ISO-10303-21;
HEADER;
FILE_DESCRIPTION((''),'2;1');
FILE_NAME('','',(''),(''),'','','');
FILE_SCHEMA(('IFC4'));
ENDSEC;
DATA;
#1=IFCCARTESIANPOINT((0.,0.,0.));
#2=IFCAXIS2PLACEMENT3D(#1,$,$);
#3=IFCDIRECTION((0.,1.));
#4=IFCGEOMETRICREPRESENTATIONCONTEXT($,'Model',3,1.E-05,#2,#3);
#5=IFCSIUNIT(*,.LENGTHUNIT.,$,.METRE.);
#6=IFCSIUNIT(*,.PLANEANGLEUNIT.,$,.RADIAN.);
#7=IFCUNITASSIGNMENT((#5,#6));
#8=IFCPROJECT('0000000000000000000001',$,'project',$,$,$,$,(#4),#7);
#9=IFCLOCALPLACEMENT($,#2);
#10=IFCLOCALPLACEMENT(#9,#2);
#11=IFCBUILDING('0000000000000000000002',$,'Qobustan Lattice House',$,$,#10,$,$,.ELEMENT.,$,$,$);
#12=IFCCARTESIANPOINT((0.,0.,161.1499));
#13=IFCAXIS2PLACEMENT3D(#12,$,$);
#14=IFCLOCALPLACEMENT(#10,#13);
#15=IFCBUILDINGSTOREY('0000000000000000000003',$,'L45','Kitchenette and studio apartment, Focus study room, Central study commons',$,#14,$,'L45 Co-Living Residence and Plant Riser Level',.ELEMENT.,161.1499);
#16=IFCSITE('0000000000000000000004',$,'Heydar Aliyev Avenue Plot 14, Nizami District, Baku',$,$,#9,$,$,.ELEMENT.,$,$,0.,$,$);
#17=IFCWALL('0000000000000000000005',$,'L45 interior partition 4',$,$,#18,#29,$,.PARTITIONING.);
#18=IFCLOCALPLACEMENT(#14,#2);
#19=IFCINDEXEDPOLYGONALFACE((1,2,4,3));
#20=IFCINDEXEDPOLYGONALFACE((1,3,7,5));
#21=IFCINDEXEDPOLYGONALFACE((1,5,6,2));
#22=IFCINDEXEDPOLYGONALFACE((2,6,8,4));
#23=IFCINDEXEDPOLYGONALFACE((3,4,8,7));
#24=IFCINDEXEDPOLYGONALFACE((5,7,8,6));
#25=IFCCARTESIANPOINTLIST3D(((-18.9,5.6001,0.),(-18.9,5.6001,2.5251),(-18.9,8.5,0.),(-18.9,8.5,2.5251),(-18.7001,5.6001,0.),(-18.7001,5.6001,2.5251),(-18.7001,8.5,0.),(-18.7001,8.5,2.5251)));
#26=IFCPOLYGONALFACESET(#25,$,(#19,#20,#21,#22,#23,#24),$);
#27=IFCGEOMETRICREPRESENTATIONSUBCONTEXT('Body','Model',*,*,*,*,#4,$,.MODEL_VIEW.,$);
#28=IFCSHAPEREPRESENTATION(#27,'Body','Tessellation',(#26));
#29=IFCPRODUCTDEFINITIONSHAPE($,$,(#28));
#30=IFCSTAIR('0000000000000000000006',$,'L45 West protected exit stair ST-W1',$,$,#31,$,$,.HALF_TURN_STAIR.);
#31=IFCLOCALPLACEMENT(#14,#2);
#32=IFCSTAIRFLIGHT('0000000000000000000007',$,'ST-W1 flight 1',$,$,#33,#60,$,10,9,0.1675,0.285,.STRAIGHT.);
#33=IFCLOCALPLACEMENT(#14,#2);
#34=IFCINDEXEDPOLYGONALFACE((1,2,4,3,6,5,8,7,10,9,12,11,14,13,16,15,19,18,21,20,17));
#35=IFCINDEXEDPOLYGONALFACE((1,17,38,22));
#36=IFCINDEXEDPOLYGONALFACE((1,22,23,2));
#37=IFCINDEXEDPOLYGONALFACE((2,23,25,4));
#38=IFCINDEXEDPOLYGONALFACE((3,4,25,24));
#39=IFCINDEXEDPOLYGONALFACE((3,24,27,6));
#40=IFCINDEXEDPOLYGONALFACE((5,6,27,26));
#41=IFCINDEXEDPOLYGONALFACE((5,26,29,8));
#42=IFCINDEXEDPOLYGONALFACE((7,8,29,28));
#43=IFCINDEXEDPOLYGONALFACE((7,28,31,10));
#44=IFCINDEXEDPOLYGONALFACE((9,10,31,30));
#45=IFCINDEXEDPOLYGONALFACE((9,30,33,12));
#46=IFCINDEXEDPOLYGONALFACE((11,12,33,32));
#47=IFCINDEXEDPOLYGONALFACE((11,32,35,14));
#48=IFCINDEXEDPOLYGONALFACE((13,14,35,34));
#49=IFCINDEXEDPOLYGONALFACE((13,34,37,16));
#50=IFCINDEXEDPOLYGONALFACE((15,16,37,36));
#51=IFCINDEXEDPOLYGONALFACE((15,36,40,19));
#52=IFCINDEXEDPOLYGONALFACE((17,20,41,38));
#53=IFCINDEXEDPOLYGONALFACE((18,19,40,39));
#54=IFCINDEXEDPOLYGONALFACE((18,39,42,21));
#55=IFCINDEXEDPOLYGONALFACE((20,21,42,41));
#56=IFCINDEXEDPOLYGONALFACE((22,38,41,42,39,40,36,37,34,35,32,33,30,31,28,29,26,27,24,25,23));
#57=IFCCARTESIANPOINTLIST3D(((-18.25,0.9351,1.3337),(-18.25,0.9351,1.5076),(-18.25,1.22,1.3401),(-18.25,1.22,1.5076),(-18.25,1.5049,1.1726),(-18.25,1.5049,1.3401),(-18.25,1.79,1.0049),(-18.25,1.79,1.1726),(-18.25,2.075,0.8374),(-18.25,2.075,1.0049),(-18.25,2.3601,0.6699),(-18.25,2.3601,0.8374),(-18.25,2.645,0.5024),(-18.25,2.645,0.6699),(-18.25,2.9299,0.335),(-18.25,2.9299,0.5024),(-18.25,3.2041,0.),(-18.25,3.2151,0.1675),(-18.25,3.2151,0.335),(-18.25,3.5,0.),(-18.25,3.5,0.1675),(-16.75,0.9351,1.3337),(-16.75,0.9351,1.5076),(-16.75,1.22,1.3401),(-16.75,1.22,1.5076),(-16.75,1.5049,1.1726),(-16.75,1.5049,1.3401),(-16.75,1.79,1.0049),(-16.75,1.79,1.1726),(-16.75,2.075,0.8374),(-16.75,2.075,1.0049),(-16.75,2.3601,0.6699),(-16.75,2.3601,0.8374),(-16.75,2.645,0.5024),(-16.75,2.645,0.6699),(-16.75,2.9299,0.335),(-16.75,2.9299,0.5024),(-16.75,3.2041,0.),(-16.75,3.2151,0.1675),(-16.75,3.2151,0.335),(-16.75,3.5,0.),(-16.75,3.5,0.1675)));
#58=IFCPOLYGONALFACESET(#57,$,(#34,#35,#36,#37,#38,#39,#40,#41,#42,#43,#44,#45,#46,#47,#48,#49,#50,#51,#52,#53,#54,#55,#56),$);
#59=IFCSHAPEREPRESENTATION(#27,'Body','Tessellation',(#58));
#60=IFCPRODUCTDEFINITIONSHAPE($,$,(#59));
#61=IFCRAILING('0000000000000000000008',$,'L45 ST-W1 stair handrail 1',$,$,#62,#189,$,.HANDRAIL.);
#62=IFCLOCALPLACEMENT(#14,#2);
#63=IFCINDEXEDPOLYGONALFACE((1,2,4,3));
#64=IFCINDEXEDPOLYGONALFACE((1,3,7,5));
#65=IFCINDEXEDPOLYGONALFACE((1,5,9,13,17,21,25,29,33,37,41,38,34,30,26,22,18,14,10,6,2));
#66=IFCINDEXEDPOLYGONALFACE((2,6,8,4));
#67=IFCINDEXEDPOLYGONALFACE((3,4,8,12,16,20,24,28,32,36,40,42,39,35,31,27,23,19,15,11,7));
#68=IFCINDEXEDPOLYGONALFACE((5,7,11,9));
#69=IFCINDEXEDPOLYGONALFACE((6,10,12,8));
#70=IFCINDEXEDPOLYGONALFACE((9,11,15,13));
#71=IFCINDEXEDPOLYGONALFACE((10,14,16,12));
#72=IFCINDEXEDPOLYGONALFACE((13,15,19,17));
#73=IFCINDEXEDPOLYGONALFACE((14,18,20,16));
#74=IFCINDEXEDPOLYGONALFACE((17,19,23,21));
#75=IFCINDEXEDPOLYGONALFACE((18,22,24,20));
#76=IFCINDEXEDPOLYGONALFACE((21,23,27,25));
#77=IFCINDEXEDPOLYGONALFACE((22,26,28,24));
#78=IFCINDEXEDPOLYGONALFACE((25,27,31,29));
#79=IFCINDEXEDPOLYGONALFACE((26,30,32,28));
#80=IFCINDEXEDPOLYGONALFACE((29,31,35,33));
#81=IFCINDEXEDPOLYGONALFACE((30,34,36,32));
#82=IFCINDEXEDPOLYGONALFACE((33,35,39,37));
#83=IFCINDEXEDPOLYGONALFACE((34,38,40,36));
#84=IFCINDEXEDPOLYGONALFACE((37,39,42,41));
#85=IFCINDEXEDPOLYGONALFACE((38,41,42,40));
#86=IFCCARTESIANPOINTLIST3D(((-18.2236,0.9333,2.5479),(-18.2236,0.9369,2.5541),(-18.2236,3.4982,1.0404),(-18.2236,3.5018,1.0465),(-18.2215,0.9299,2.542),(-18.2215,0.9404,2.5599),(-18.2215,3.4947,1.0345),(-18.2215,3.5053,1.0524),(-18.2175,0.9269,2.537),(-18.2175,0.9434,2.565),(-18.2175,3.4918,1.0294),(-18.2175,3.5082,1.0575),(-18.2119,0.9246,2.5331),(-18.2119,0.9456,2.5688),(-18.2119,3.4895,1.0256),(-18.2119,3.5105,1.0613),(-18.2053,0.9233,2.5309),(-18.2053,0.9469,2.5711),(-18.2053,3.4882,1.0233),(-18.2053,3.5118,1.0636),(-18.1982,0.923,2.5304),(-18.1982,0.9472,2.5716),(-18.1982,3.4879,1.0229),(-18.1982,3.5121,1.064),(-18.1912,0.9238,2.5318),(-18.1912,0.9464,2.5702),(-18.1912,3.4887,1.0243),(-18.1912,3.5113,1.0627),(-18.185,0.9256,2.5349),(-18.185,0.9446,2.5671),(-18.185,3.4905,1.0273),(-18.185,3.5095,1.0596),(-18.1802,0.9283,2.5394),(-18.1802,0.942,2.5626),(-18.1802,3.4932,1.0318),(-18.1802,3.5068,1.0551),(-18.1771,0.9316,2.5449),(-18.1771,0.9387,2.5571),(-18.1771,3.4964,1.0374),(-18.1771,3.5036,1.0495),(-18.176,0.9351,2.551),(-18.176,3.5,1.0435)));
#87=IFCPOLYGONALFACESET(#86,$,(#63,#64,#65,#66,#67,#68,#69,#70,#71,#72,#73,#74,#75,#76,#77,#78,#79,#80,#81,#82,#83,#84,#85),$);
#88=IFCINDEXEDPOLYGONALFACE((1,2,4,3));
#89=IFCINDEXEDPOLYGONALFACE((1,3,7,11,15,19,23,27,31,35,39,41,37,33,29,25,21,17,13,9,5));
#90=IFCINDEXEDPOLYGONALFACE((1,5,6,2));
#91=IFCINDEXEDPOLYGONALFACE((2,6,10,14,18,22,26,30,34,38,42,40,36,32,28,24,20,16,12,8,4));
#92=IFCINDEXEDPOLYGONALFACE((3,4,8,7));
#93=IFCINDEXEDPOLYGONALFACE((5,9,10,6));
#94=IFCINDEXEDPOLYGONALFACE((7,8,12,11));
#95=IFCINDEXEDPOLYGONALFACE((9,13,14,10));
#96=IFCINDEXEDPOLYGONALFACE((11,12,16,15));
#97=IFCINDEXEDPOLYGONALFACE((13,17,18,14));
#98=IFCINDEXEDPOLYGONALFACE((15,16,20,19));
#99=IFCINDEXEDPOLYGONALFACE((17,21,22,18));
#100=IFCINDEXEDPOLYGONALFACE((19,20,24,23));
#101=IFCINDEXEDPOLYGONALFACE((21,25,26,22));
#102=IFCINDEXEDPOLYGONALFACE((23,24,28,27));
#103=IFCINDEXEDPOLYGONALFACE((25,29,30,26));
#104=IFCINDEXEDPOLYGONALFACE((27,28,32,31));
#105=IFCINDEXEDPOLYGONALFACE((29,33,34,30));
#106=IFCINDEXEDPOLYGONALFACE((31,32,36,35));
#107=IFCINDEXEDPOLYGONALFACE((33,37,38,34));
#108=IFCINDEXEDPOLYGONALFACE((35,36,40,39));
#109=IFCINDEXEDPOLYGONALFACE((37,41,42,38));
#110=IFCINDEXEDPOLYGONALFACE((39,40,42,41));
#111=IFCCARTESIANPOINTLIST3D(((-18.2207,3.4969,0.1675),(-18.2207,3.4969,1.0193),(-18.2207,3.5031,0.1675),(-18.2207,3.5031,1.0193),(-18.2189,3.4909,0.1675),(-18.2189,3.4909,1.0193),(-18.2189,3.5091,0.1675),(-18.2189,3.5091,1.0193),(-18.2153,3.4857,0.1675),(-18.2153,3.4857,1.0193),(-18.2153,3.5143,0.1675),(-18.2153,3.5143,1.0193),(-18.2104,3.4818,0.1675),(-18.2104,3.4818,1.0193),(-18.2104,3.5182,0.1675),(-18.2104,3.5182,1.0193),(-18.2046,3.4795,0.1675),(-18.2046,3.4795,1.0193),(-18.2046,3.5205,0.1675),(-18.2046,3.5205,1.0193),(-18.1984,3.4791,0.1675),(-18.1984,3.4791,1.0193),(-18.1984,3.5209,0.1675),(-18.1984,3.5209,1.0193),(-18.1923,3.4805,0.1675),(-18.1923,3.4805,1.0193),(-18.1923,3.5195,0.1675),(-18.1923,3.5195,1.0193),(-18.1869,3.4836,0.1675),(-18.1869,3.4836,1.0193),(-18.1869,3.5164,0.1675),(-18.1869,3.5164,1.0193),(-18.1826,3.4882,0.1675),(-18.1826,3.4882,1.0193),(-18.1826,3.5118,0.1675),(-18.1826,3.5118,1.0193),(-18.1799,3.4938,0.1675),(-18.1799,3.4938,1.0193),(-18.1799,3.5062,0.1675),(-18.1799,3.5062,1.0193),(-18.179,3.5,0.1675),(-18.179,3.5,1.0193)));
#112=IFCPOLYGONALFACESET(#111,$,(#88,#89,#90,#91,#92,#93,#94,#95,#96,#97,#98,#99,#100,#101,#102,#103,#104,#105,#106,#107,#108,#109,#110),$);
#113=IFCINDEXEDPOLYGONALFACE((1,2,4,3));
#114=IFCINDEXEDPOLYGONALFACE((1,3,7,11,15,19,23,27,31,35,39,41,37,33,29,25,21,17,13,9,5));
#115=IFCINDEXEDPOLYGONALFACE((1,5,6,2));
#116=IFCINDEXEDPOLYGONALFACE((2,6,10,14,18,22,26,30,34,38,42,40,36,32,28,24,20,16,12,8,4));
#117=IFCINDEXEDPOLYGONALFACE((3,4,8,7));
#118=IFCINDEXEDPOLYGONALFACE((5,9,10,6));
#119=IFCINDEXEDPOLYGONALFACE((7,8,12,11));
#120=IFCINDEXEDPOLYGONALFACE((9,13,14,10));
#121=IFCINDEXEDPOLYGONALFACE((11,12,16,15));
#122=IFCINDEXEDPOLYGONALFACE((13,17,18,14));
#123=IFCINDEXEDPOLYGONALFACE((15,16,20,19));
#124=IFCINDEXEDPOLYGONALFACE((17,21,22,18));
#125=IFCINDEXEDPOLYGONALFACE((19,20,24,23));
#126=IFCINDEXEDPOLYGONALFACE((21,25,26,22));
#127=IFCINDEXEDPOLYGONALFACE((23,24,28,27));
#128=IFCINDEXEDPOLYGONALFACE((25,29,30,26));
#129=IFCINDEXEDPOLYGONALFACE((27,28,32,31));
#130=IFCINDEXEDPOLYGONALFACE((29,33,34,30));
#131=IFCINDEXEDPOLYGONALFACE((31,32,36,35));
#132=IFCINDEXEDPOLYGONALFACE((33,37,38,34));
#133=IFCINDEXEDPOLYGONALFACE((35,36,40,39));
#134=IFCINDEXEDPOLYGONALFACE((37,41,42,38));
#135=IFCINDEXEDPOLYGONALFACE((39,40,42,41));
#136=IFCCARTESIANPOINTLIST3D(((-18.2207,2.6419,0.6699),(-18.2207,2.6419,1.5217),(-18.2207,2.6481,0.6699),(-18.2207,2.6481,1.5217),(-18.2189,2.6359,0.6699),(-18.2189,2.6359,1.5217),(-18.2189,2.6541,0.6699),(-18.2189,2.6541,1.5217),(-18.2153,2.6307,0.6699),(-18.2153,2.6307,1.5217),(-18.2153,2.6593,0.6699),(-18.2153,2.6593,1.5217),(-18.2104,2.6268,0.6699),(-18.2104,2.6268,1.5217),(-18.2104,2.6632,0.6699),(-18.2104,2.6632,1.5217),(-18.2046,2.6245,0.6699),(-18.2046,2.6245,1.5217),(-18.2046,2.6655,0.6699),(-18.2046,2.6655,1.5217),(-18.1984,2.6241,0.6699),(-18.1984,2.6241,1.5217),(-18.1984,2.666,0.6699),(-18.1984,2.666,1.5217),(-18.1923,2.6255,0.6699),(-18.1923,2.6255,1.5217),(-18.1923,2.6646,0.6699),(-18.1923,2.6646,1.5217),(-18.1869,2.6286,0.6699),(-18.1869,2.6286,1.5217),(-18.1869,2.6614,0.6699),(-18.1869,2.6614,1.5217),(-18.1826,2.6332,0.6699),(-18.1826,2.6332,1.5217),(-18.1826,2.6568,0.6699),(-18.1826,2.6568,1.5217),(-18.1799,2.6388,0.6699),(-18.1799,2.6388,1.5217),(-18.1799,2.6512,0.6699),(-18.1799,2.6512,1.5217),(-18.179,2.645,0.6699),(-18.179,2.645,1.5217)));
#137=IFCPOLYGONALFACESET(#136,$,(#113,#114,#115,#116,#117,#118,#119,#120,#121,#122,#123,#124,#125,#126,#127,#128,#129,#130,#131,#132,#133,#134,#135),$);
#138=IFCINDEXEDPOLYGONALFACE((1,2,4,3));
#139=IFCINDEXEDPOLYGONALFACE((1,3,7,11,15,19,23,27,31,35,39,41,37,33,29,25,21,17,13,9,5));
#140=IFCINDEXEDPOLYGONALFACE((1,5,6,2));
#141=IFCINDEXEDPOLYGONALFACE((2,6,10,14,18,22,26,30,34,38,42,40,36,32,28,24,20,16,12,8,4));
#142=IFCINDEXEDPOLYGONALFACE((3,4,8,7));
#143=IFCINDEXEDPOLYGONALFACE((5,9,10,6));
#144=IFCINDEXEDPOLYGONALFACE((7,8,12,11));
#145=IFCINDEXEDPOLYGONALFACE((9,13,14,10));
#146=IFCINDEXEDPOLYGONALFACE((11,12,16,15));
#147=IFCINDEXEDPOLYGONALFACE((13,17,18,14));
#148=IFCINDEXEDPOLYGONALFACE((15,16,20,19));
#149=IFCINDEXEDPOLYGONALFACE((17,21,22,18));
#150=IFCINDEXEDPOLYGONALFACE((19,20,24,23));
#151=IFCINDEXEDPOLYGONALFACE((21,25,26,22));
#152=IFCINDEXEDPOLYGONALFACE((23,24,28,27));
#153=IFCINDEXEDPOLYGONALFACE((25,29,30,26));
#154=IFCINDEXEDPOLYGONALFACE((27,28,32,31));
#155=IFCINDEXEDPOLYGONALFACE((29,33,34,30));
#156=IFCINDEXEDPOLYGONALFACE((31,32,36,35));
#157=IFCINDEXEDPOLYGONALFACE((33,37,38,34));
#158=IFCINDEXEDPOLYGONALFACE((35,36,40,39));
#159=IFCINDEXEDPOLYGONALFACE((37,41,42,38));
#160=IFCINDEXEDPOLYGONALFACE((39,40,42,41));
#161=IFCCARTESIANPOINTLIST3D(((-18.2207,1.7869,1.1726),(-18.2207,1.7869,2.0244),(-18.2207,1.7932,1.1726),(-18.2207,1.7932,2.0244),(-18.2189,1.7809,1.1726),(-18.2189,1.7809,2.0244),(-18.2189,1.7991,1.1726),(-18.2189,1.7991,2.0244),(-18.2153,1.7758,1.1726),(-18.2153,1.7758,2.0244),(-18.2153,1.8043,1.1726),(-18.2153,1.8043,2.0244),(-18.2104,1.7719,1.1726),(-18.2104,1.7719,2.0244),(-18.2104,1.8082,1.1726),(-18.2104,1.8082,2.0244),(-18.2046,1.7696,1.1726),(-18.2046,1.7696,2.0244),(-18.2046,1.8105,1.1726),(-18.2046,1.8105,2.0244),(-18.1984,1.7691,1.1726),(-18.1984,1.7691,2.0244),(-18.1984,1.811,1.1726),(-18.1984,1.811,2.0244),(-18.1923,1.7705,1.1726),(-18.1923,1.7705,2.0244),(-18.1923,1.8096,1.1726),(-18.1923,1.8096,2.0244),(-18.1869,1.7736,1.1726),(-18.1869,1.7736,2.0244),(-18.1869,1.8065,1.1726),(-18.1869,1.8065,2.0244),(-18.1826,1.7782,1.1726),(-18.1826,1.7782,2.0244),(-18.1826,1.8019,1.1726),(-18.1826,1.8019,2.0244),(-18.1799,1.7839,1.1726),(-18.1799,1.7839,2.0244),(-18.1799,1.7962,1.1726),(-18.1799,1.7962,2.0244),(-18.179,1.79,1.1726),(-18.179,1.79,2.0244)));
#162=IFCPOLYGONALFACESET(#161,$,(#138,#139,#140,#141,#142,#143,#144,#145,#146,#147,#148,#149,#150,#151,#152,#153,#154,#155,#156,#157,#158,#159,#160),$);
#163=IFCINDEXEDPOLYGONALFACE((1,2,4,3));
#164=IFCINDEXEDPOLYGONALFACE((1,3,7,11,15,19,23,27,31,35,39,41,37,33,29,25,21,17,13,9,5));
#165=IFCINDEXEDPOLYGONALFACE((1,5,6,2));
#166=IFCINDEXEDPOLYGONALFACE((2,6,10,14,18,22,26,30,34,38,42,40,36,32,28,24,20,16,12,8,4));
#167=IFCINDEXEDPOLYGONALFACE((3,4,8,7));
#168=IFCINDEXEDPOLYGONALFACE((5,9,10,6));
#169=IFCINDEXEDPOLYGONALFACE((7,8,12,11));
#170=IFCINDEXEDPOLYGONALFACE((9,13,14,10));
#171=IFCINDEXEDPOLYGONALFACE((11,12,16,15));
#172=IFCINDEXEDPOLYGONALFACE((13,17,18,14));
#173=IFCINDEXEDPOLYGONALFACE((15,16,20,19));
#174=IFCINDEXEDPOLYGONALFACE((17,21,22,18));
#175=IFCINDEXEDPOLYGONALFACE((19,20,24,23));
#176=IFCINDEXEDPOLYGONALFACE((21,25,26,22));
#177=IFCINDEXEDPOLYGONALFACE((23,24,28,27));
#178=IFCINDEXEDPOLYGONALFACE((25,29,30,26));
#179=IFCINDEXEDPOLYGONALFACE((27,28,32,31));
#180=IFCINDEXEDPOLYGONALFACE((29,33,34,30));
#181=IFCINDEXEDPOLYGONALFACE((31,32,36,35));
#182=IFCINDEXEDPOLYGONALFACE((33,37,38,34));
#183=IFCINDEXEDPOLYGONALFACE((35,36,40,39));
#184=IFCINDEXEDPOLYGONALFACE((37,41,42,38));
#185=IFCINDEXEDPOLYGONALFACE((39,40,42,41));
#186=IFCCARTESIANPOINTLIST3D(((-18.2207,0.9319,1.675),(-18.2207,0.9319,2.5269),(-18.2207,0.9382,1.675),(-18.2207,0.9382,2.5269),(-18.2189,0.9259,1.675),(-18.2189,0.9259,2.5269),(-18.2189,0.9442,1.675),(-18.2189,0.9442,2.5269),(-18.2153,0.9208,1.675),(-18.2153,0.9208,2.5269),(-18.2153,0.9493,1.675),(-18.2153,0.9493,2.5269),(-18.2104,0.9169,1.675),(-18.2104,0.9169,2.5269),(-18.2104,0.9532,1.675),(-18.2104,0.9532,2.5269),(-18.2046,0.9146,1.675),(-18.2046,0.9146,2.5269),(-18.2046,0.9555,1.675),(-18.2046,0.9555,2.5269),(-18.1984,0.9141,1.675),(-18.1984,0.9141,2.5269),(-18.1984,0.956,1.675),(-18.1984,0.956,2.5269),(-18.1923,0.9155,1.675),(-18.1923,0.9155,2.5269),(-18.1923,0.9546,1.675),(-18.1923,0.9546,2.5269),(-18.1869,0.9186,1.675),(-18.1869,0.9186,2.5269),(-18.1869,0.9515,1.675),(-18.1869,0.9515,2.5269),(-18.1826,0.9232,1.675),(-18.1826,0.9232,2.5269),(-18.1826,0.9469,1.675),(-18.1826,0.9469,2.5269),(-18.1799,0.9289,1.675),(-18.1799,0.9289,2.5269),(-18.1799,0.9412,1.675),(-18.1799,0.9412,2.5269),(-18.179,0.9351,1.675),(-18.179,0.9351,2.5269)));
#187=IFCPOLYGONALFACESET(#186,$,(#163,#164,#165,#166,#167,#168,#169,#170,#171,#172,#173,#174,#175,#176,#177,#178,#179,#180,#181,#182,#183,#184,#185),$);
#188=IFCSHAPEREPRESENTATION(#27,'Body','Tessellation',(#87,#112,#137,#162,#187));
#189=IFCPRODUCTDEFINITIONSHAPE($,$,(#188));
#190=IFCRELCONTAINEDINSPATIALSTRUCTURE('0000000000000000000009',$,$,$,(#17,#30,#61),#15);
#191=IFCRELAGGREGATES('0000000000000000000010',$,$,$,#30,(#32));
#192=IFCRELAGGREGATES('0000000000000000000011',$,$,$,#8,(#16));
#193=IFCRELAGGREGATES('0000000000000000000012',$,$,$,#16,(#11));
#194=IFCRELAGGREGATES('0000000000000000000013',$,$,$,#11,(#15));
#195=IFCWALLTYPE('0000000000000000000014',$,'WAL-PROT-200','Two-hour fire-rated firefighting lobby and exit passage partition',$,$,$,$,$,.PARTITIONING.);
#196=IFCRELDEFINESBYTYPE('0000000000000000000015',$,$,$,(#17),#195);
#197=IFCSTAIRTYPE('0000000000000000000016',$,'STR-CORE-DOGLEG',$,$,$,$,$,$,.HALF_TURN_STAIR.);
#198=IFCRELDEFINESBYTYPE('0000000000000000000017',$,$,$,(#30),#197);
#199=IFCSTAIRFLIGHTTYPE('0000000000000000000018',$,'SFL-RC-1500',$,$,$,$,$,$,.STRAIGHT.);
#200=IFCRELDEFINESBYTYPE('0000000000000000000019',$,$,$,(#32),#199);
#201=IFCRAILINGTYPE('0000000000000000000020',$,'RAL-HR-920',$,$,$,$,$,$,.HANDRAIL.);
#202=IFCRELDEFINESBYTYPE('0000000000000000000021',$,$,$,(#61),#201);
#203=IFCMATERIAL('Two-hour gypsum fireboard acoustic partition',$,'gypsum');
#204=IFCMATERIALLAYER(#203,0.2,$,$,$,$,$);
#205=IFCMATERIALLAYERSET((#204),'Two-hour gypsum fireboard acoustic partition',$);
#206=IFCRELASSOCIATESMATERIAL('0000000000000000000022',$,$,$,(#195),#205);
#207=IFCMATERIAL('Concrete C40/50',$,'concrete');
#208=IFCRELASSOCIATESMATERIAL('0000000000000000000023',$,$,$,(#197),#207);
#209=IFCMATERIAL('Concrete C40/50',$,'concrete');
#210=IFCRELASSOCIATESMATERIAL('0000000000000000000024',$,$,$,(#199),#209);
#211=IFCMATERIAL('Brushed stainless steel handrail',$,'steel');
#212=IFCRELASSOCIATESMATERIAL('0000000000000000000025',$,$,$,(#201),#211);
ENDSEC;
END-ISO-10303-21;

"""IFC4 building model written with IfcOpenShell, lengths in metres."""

from ifc_helpers import new_model, si_unit, direction, frame, frame_2d, origin, origin_2d, place, context, subcontext, project, spatial, polyline, rectangle, circle, outline, extrude, material, layer, layer_set, type_object, element, aggregate, save


model = new_model("IFC4")

# Units and contexts
model_context = context("Model", 3, precision=1e-05, world=origin(), true_north=direction((0.0, 1.0)))
body_context = subcontext(model_context, "Body", "Model", "MODEL_VIEW")
ifc_project = project(units=[si_unit("LENGTHUNIT", "METRE"), si_unit("PLANEANGLEUNIT", "RADIAN")], contexts=[model_context])

# Site, building, storey
site_placement = place(None, origin())
site = spatial("IfcSite", under=ifc_project, at=site_placement, Name="Heydar Aliyev Avenue Plot 14, Nizami District, Baku", CompositionType="ELEMENT", RefElevation=0.0)
building_placement = place(site_placement, origin())
building = spatial("IfcBuilding", under=site, at=building_placement, Name="Qobustan Lattice House", CompositionType="ELEMENT")
storey_placement = place(building_placement, frame((0.0, 0.0, 161.1499)))
storey = spatial("IfcBuildingStorey", under=building, at=storey_placement, Name="L45", Description="Kitchenette and studio apartment, Focus study room, Central study commons", LongName="L45 Co-Living Residence and Plant Riser Level", CompositionType="ELEMENT", Elevation=161.1499)

# Wall
ifc_material_1 = material(Name="Two-hour gypsum fireboard acoustic partition", Category="gypsum")
ifc_layer_1 = layer(ifc_material_1, 0.2)
ifc_layer_set_1 = layer_set([ifc_layer_1], Name="Two-hour gypsum fireboard acoustic partition")
wall_type_1 = type_object("IfcWallType", Name="WAL-PROT-200", Description="Two-hour fire-rated firefighting lobby and exit passage partition", PredefinedType="PARTITIONING", material=ifc_layer_set_1)
wall_1_placement = place(storey_placement, frame((-18.8, 8.5, 0.0), z_axis=(0.0, 0.0, 1.0), x_axis=(0.0, -1.0, 0.0)))
element("IfcWall", 1, at=wall_1_placement, inside=storey, type_object=wall_type_1, Name="L45 interior partition 4", PredefinedType="PARTITIONING", context=body_context, shape_type="SweptSolid", body=[
    extrude(rectangle(XDim=2.8999, YDim=0.2, at=frame_2d((1.45, 0.0))), origin(), (0.0, 0.0, 1.0), 2.5251),
])

# Stair, stair flight
ifc_material_2 = material(Name="Concrete C40/50", Category="concrete")
stair_type = type_object("IfcStairType", Name="STR-CORE-DOGLEG", PredefinedType="HALF_TURN_STAIR", material=ifc_material_2)
stair_placement = place(storey_placement, origin())
stair = element("IfcStair", 2, at=stair_placement, inside=storey, type_object=stair_type, Name="L45 West protected exit stair ST-W1", PredefinedType="HALF_TURN_STAIR")
ifc_material_3 = material(Name="Concrete C40/50", Category="concrete")
stair_flight_type = type_object("IfcStairFlightType", Name="SFL-RC-1500", PredefinedType="STRAIGHT", material=ifc_material_3)
stair_flight_placement = place(storey_placement, frame((-17.5, 3.5, 0.0), z_axis=(0.0, 0.0, 1.0), x_axis=(0.0, -1.0, 0.0)))
stair_flight = element("IfcStairFlight", 3, at=stair_flight_placement, type_object=stair_flight_type, Name="ST-W1 flight 1", NumberOfRisers=10, NumberOfTreads=9, PredefinedType="STRAIGHT", RiserHeight=0.1675, TreadLength=0.285, context=body_context, shape_type="SweptSolid", body=[
    extrude(outline(polyline([(0.0, 0.0), (0.0, 0.1675), (0.2849, 0.1675), (0.2849, 0.335), (0.5701, 0.335), (0.5701, 0.5024), (0.855, 0.5024), (0.855, 0.6699), (1.1399, 0.6699), (1.1399, 0.8374), (1.425, 0.8374), (1.425, 1.0049), (1.71, 1.0049), (1.71, 1.1726), (1.9951, 1.1726), (1.9951, 1.3401), (2.28, 1.3401), (2.28, 1.5076), (2.5649, 1.5076), (2.5649, 1.675), (2.5649, 1.3337), (0.2959, 0.0), (0.0, 0.0)])), frame((0.0, 0.75, 0.0), z_axis=(0.0, -1.0, 0.0), x_axis=(1.0, 0.0, 0.0)), (0.0, 0.0, 1.0), 1.5),
])
aggregate(stair, [stair_flight])

# Railing
ifc_material_4 = material(Name="Brushed stainless steel handrail", Category="steel")
railing_type = type_object("IfcRailingType", Name="RAL-HR-920", PredefinedType="HANDRAIL", material=ifc_material_4)
railing_placement = place(storey_placement, frame((-18.2, 3.5, 0.1675)))
element("IfcRailing", 4, at=railing_placement, inside=storey, type_object=railing_type, Name="L45 ST-W1 stair handrail 1", PredefinedType="HANDRAIL", context=body_context, shape_type="SweptSolid", body=[
    extrude(circle(Radius=0.0239, at=origin_2d()), frame((0.0, 0.0, 0.876), z_axis=(0.0, -0.862113, 0.506715), x_axis=(1.0, 0.0, 0.0)), (0.0, 0.0, 1.0), 2.9751),
    extrude(circle(Radius=0.021, at=origin_2d()), origin(), (0.0, 0.0, 1.0), 0.8518),
    extrude(circle(Radius=0.021, at=origin_2d()), frame((0.0, -0.855, 0.5024)), (0.0, 0.0, 1.0), 0.8518),
    extrude(circle(Radius=0.021, at=origin_2d()), frame((0.0, -1.71, 1.0051)), (0.0, 0.0, 1.0), 0.8518),
    extrude(circle(Radius=0.021, at=origin_2d()), frame((0.0, -2.5649, 1.5076)), (0.0, 0.0, 1.0), 0.8518),
])

save(model, "model.ifc")
